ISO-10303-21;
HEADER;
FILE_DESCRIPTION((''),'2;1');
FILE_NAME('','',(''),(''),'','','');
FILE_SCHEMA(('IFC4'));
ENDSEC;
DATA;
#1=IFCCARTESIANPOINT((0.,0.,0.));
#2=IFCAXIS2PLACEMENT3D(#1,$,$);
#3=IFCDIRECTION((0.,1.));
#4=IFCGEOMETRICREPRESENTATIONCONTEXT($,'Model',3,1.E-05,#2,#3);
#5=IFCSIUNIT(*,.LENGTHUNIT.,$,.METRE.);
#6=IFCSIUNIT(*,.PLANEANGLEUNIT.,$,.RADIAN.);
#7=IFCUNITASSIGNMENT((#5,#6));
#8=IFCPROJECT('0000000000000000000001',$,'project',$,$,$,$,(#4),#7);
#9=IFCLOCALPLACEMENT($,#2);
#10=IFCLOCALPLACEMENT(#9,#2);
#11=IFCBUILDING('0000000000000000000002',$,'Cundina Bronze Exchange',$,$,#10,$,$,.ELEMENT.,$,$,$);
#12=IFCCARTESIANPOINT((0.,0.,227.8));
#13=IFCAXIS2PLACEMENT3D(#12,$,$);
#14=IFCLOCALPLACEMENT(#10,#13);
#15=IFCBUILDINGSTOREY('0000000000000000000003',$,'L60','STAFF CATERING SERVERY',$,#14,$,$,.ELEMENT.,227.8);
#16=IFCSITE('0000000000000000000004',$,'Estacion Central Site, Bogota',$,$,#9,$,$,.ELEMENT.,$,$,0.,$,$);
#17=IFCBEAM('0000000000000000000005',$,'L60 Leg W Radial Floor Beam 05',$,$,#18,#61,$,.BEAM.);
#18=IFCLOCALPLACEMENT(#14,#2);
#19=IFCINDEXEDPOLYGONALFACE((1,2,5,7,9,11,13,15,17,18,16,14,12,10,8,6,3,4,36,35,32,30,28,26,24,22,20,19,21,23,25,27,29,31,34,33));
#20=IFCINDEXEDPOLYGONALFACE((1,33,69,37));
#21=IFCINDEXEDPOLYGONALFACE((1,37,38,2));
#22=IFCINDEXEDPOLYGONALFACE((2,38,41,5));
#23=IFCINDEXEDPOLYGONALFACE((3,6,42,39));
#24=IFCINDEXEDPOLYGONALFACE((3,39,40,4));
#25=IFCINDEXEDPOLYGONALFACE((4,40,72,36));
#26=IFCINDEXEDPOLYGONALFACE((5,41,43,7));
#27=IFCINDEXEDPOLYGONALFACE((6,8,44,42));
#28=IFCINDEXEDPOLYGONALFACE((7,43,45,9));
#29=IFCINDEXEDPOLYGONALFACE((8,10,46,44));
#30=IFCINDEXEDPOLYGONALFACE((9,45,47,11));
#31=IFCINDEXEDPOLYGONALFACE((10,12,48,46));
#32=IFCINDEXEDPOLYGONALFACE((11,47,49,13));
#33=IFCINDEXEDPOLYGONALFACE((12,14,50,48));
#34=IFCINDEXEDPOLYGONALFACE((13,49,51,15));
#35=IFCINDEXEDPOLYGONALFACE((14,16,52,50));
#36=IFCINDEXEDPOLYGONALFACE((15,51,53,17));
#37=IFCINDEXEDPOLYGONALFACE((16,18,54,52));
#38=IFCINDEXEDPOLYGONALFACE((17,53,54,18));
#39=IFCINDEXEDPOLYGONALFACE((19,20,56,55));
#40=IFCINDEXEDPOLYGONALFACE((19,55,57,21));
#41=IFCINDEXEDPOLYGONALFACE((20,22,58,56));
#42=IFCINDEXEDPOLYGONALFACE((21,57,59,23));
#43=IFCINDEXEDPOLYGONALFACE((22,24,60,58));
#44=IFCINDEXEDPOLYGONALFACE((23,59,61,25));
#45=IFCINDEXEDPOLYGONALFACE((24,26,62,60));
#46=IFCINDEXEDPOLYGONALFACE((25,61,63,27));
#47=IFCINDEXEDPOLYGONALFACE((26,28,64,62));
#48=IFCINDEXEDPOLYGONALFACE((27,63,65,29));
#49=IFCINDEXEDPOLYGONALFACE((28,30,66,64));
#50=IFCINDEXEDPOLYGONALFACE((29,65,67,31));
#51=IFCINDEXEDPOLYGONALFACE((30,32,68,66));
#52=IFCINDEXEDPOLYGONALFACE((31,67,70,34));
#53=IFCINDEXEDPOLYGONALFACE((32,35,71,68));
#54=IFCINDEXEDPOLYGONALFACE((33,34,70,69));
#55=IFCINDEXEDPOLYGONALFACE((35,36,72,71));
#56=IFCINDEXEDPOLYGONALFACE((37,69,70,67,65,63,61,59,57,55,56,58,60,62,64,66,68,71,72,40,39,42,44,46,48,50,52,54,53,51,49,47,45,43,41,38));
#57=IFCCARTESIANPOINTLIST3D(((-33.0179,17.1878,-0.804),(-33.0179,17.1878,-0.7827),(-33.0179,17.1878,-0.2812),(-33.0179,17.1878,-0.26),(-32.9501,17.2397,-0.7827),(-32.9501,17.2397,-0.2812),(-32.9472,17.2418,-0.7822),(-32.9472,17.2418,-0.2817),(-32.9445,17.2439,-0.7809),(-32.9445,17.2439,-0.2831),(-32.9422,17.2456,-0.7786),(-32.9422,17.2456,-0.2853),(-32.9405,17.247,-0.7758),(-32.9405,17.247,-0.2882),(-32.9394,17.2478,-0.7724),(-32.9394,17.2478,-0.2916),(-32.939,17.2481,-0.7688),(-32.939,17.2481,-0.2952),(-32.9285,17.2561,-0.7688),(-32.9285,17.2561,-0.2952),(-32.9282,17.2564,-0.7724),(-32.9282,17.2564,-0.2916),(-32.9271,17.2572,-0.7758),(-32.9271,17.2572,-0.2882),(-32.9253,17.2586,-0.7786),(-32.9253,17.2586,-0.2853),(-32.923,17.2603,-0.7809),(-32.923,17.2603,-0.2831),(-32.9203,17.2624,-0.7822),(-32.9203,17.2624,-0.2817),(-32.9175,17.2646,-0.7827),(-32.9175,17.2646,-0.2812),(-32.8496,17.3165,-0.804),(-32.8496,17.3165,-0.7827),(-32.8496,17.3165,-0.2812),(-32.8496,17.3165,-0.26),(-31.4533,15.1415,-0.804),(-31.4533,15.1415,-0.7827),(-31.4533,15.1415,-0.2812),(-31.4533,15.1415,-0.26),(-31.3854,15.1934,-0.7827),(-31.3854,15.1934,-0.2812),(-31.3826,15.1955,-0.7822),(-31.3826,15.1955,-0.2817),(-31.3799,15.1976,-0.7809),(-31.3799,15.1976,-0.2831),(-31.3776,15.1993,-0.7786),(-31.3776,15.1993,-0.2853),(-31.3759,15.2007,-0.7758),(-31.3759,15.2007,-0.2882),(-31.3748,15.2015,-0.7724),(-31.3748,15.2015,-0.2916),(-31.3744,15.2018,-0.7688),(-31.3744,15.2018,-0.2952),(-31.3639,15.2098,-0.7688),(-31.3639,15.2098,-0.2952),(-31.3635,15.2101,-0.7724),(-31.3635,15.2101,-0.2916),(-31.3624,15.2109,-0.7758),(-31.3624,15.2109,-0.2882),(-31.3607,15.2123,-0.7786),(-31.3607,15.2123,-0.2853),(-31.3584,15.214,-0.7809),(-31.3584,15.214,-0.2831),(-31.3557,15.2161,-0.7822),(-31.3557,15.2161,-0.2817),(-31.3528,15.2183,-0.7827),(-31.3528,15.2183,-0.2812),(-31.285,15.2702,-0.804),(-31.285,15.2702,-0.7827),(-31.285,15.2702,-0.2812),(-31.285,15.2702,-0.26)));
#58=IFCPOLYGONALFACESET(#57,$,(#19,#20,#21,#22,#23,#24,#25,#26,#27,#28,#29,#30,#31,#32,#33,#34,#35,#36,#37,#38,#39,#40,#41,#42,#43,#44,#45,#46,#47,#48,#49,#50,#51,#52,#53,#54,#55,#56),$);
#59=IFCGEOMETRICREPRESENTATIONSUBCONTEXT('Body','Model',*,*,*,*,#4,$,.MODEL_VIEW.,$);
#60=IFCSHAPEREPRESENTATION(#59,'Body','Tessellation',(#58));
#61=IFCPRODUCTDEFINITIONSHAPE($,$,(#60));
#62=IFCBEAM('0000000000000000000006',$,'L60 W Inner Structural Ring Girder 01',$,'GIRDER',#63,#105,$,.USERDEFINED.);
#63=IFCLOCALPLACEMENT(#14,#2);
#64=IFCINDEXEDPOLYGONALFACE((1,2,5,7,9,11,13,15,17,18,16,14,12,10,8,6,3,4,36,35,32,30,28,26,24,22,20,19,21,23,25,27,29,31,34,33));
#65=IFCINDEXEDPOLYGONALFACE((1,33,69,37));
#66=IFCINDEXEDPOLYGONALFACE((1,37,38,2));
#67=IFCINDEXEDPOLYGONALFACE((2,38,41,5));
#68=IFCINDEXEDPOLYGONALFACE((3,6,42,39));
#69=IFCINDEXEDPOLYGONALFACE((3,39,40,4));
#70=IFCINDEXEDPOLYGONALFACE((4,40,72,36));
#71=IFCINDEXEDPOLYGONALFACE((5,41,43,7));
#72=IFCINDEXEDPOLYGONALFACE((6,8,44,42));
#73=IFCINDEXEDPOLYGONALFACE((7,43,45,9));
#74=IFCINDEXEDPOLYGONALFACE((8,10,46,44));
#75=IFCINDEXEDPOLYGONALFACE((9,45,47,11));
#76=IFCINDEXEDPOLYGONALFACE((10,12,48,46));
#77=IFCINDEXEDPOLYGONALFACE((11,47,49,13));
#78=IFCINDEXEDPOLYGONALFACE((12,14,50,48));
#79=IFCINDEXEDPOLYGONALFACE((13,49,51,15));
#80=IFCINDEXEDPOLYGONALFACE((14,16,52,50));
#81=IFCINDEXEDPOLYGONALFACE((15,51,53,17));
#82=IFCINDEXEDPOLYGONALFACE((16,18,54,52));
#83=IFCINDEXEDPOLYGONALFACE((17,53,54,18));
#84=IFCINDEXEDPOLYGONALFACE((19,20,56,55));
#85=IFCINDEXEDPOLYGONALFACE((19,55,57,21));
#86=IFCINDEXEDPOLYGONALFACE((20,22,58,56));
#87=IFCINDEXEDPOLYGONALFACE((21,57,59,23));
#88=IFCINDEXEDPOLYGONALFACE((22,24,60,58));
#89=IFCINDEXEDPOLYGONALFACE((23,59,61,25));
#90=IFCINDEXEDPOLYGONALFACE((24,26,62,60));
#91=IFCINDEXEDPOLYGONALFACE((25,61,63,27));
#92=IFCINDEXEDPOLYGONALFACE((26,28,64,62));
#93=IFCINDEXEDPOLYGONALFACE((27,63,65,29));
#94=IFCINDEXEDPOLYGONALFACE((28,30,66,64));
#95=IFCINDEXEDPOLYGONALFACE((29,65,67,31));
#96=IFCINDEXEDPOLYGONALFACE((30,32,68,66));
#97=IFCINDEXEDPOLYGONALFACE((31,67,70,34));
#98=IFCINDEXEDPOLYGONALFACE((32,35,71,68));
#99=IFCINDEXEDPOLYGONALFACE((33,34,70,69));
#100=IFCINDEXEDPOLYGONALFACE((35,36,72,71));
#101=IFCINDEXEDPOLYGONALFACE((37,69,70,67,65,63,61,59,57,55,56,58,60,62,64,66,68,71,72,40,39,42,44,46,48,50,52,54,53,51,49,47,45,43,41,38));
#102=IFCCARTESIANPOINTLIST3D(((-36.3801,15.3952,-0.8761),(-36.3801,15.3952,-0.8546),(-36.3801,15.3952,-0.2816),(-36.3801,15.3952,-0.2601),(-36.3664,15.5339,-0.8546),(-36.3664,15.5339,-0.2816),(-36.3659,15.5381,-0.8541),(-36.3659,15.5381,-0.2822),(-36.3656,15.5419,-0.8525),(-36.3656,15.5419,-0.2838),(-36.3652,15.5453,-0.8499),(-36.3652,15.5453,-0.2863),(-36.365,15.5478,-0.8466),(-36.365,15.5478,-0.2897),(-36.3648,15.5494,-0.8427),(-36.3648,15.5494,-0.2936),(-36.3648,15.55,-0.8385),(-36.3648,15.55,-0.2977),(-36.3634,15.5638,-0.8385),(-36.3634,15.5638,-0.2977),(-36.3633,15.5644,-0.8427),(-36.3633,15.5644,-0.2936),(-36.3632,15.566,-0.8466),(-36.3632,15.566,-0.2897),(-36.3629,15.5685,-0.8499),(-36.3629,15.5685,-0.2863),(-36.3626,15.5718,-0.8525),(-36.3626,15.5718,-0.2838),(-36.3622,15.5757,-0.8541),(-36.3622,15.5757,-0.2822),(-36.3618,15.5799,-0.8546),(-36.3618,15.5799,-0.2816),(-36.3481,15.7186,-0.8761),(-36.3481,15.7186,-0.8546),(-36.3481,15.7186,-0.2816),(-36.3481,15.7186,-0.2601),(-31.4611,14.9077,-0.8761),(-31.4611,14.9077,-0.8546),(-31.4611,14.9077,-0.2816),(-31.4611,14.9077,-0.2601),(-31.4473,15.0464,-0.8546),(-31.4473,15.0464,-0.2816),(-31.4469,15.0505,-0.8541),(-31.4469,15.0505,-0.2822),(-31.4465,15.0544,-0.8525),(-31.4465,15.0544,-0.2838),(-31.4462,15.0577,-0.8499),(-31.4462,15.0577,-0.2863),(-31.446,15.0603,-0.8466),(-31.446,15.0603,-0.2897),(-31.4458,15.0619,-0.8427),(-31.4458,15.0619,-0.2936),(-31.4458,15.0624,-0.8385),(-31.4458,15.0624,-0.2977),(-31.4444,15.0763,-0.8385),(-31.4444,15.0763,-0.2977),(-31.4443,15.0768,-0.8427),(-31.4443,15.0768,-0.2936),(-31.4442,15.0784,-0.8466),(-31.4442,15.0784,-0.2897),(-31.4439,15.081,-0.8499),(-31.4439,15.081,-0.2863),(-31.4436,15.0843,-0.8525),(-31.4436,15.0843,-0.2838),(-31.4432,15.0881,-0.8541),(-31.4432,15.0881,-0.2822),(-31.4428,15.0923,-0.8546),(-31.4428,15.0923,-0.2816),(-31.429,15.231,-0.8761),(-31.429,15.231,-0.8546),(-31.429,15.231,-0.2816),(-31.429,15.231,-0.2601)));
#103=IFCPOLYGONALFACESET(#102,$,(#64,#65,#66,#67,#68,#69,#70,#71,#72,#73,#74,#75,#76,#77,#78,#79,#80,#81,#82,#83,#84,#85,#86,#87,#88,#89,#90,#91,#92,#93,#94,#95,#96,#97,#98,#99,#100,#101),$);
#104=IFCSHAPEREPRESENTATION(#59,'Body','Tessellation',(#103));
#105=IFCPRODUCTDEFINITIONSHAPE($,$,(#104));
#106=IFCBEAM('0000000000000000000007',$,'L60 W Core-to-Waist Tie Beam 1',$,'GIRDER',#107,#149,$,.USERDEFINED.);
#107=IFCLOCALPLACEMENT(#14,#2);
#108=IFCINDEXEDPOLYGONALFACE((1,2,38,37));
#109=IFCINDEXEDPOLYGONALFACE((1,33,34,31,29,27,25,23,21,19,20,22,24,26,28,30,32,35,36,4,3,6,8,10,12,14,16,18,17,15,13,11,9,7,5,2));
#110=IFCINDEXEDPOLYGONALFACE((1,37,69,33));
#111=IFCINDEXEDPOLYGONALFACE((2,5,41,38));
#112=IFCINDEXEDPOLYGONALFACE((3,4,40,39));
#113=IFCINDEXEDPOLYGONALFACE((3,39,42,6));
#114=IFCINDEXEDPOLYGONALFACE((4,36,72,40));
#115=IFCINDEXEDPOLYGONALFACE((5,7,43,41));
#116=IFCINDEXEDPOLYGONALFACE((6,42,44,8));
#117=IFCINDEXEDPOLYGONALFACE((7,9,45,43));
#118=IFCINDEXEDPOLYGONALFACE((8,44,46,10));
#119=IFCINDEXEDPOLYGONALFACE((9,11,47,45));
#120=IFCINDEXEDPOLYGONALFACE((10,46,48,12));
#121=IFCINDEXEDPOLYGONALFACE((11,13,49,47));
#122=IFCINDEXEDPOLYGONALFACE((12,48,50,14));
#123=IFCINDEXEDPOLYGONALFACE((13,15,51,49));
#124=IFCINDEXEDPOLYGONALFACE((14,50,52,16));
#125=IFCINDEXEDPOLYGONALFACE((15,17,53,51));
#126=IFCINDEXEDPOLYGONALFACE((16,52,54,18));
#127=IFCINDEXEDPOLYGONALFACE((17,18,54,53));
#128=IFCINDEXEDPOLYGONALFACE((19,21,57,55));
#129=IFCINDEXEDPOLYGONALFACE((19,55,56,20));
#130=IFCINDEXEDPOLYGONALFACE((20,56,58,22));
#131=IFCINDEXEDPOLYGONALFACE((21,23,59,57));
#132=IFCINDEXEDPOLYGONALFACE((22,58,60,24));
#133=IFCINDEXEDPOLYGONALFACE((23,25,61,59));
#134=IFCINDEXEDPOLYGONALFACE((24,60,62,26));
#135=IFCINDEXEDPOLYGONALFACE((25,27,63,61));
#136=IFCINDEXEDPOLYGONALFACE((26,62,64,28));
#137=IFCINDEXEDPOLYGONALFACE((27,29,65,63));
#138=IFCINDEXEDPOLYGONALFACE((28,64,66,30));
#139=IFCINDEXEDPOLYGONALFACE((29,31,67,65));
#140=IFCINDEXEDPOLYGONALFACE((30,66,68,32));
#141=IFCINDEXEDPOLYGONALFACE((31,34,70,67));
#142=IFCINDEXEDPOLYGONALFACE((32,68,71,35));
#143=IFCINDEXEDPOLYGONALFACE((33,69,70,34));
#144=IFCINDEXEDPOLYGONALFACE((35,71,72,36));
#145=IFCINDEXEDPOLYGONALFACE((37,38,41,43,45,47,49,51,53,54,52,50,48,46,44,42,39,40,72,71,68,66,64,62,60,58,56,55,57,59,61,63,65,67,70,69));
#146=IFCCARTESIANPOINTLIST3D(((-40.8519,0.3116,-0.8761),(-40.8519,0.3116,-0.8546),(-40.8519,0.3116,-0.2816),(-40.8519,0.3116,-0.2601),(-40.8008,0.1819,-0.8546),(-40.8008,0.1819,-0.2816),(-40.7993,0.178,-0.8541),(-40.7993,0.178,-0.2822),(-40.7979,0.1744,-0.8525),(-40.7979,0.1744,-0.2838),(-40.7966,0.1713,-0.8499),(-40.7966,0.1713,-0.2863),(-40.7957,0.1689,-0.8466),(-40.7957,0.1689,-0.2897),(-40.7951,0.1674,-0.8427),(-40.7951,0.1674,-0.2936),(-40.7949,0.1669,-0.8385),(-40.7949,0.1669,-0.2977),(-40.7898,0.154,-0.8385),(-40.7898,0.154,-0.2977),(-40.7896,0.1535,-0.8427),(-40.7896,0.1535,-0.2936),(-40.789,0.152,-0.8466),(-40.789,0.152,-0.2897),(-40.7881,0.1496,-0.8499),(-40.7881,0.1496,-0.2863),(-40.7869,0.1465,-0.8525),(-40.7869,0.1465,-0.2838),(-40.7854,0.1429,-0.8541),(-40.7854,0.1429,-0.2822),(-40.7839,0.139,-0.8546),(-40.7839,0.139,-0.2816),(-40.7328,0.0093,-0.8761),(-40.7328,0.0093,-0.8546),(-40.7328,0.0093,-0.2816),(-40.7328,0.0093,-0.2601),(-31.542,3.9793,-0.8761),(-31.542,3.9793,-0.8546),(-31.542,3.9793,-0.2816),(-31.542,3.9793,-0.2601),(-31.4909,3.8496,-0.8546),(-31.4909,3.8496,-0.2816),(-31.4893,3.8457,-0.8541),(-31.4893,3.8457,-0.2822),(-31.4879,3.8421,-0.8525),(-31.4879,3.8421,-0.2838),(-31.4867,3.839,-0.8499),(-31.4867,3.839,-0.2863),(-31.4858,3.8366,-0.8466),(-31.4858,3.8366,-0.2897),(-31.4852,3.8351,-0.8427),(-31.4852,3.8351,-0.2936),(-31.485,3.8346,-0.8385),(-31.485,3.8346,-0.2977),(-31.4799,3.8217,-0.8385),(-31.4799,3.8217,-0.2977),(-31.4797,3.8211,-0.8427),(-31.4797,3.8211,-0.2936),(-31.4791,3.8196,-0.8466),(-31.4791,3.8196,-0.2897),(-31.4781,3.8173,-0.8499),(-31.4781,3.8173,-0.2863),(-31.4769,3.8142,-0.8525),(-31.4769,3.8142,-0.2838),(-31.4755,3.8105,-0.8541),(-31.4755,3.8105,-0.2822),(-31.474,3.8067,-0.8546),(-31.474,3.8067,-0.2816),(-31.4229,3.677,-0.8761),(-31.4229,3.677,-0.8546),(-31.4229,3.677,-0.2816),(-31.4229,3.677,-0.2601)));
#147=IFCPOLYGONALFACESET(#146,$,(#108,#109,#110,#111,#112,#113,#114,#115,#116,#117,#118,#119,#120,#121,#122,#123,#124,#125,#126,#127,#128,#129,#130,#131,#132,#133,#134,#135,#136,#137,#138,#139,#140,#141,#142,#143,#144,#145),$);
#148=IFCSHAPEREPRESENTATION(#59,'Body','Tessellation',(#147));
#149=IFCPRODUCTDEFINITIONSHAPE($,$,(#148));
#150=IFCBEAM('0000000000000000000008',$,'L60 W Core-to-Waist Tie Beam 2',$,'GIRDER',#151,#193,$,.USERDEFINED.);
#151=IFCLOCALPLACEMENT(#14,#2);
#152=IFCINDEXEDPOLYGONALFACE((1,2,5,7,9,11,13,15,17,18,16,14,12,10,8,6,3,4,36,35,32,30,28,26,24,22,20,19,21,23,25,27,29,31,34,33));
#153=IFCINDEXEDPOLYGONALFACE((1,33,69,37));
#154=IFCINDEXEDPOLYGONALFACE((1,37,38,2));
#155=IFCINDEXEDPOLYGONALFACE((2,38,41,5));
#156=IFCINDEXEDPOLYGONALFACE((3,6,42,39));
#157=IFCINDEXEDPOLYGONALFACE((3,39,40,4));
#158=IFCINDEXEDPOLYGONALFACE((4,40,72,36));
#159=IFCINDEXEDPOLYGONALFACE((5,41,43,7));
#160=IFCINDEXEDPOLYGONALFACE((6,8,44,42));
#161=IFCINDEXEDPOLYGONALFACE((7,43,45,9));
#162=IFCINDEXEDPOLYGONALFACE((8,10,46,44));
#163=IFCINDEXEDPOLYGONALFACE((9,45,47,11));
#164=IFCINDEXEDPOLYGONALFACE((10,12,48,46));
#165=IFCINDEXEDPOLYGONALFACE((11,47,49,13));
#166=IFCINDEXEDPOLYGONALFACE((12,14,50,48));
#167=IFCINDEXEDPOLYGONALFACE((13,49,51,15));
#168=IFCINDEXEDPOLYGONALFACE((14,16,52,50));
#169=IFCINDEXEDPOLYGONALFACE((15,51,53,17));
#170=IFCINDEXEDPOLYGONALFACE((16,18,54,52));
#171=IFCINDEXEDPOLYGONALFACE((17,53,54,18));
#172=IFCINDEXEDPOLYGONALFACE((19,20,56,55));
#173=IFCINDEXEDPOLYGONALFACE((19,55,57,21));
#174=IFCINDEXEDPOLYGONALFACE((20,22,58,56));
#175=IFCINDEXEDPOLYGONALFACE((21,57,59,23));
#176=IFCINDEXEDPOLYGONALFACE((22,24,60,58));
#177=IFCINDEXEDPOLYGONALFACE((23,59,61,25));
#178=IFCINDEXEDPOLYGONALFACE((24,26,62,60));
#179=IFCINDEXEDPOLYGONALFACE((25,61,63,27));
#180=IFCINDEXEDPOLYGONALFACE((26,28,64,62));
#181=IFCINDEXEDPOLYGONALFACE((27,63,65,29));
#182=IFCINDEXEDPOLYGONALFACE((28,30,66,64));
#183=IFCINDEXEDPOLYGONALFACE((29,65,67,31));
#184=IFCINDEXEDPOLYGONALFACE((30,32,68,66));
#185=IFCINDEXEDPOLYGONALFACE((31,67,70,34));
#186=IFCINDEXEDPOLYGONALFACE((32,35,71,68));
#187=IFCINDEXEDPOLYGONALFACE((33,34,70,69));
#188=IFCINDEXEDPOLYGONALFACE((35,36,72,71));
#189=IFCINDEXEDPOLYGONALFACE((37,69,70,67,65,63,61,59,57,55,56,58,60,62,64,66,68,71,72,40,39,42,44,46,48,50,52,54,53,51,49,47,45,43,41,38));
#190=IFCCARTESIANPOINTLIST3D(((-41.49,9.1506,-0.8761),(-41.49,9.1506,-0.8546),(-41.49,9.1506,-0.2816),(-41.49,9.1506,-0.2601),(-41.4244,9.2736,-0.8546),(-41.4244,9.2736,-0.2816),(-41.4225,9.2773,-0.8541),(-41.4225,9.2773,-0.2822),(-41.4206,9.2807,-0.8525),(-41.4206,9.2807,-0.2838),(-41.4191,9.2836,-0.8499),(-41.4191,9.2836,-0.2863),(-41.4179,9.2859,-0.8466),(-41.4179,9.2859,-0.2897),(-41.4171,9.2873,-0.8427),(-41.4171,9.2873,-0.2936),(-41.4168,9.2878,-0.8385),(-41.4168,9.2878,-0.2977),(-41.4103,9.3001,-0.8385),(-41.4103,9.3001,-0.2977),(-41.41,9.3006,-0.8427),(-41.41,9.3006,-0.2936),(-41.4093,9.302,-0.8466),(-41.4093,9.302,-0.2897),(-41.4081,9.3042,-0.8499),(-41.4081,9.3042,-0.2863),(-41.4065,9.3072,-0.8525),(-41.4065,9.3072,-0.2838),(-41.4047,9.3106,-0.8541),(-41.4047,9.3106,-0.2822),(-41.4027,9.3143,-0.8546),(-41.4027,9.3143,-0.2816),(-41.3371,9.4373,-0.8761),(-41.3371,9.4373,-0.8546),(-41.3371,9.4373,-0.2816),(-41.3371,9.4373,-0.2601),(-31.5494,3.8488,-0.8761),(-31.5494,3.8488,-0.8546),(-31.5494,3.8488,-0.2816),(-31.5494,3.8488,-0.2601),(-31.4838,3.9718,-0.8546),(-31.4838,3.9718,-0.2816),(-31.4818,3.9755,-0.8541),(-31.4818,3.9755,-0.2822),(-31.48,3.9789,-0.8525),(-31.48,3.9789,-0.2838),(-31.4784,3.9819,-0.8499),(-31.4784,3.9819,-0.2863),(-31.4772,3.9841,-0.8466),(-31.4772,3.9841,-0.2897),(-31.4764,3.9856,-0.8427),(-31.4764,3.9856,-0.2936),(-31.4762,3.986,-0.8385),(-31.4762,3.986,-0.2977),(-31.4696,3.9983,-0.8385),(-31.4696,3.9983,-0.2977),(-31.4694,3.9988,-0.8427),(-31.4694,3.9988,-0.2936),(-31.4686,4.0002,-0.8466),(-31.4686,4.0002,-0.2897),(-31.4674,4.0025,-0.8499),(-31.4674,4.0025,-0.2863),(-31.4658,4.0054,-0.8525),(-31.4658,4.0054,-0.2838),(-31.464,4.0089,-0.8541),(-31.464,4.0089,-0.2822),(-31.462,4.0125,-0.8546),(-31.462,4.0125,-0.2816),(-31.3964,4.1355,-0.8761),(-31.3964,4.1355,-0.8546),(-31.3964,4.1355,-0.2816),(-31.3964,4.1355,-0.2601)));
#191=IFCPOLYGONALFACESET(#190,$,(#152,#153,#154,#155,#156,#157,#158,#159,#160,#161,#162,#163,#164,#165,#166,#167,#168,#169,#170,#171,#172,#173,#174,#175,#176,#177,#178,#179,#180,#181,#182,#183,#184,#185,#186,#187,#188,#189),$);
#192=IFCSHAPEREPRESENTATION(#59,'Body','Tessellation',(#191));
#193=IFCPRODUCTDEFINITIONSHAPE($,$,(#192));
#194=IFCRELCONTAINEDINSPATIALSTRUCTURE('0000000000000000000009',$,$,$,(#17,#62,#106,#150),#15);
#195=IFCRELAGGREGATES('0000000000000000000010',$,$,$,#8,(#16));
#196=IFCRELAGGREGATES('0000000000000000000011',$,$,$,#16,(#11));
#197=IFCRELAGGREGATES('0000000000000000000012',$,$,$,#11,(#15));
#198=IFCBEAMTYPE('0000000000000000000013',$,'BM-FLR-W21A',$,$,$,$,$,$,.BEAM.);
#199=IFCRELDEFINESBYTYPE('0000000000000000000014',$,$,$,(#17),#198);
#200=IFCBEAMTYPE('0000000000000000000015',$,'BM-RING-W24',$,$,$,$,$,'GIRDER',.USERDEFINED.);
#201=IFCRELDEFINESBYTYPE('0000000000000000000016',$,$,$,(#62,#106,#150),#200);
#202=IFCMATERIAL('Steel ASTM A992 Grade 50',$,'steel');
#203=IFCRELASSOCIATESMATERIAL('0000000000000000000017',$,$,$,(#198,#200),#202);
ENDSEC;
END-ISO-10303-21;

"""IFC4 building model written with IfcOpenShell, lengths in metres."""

from ifc_helpers import new_model, si_unit, direction, frame, origin, origin_2d, place, context, subcontext, project, spatial, i_section, extrude, material, material_profile, profile_set, type_object, element, save


model = new_model("IFC4")

# Units and contexts
model_context = context("Model", 3, precision=1e-05, world=origin(), true_north=direction((0.0, 1.0)))
body_context = subcontext(model_context, "Body", "Model", "MODEL_VIEW")
ifc_project = project(units=[si_unit("LENGTHUNIT", "METRE"), si_unit("PLANEANGLEUNIT", "RADIAN")], contexts=[model_context])

# Site, building, storey
site_placement = place(None, origin())
site = spatial("IfcSite", under=ifc_project, at=site_placement, Name="Estacion Central Site, Bogota", CompositionType="ELEMENT", RefElevation=0.0)
building_placement = place(site_placement, origin())
building = spatial("IfcBuilding", under=site, at=building_placement, Name="Cundina Bronze Exchange", CompositionType="ELEMENT")
storey_placement = place(building_placement, frame((0.0, 0.0, 227.8)))
storey = spatial("IfcBuildingStorey", under=building, at=storey_placement, Name="L60", Description="STAFF CATERING SERVERY", CompositionType="ELEMENT", Elevation=227.8)

# Shared definitions
ifc_material_1 = material(Name="Steel ASTM A992 Grade 50", Category="steel")

# Beams
ifc_material_profile_1 = material_profile(ifc_material_1, i_section(OverallWidth=0.2119, OverallDepth=0.5439, WebThickness=0.0132, FlangeThickness=0.0212, FilletRadius=0.0139, at=origin_2d()), Name="W21X83", Category="steel")
ifc_profile_set_1 = profile_set([ifc_material_profile_1], Name="Steel ASTM A992 Grade 50")
beam_type_1 = type_object("IfcBeamType", Name="BM-FLR-W21A", PredefinedType="BEAM", material=ifc_profile_set_1)
beam_1_placement = place(storey_placement, frame((-31.3691, 15.2058, -0.532), z_axis=(-0.607404, 0.794393, 0.0), x_axis=(-0.794393, -0.607404, 0.0)))
element("IfcBeam", 1, at=beam_1_placement, inside=storey, type_object=beam_type_1, Name="L60 Leg W Radial Floor Beam 05", PredefinedType="BEAM", context=body_context, shape_type="SweptSolid", body=[
    extrude(i_section(OverallWidth=0.2119, OverallDepth=0.5439, WebThickness=0.0132, FlangeThickness=0.0212, FilletRadius=0.0139, at=origin_2d()), origin(), (0.0, 0.0, 1.0), 2.5759),
])
ifc_material_profile_2 = material_profile(ifc_material_1, i_section(OverallWidth=0.325, OverallDepth=0.616, WebThickness=0.0139, FlangeThickness=0.0215, FilletRadius=0.0161, at=origin_2d()), Name="W24X117", Category="steel")
ifc_profile_set_2 = profile_set([ifc_material_profile_2], Name="Steel ASTM A992 Grade 50")
beam_type_2 = type_object("IfcBeamType", Name="BM-RING-W24", ElementType="GIRDER", PredefinedType="USERDEFINED", material=ifc_profile_set_2)
beam_2_placement = place(storey_placement, frame((-31.4451, 15.0693, -0.5681), z_axis=(-0.995124, 0.098633, 0.0), x_axis=(-0.098633, -0.995124, 0.0)))
element("IfcBeam", 2, at=beam_2_placement, inside=storey, type_object=beam_type_2, Name="L60 W Inner Structural Ring Girder 01", ObjectType="GIRDER", PredefinedType="USERDEFINED", context=body_context, shape_type="SweptSolid", body=[
    extrude(i_section(OverallWidth=0.325, OverallDepth=0.616, WebThickness=0.0139, FlangeThickness=0.0215, FilletRadius=0.0161, at=origin_2d()), origin(), (0.0, 0.0, 1.0), 4.9431),
])
beam_3_placement = place(storey_placement, frame((-31.4824, 3.8281, -0.5681), z_axis=(-0.930404, -0.366535, 0.0), x_axis=(0.366535, -0.930404, 0.0)))
element("IfcBeam", 3, at=beam_3_placement, inside=storey, type_object=beam_type_2, Name="L60 W Core-to-Waist Tie Beam 1", ObjectType="GIRDER", PredefinedType="USERDEFINED", context=body_context, shape_type="SweptSolid", body=[
    extrude(i_section(OverallWidth=0.325, OverallDepth=0.616, WebThickness=0.0139, FlangeThickness=0.0215, FilletRadius=0.0161, at=origin_2d()), origin(), (0.0, 0.0, 1.0), 10.0063),
])
beam_4_placement = place(storey_placement, frame((-31.4729, 3.9922, -0.5681), z_axis=(-0.882351, 0.470593, 0.0), x_axis=(-0.470593, -0.882351, 0.0)))
element("IfcBeam", 4, at=beam_4_placement, inside=storey, type_object=beam_type_2, Name="L60 W Core-to-Waist Tie Beam 2", ObjectType="GIRDER", PredefinedType="USERDEFINED", context=body_context, shape_type="SweptSolid", body=[
    extrude(i_section(OverallWidth=0.325, OverallDepth=0.616, WebThickness=0.0139, FlangeThickness=0.0215, FilletRadius=0.0161, at=origin_2d()), origin(), (0.0, 0.0, 1.0), 11.2661),
])

save(model, "model.ifc")
